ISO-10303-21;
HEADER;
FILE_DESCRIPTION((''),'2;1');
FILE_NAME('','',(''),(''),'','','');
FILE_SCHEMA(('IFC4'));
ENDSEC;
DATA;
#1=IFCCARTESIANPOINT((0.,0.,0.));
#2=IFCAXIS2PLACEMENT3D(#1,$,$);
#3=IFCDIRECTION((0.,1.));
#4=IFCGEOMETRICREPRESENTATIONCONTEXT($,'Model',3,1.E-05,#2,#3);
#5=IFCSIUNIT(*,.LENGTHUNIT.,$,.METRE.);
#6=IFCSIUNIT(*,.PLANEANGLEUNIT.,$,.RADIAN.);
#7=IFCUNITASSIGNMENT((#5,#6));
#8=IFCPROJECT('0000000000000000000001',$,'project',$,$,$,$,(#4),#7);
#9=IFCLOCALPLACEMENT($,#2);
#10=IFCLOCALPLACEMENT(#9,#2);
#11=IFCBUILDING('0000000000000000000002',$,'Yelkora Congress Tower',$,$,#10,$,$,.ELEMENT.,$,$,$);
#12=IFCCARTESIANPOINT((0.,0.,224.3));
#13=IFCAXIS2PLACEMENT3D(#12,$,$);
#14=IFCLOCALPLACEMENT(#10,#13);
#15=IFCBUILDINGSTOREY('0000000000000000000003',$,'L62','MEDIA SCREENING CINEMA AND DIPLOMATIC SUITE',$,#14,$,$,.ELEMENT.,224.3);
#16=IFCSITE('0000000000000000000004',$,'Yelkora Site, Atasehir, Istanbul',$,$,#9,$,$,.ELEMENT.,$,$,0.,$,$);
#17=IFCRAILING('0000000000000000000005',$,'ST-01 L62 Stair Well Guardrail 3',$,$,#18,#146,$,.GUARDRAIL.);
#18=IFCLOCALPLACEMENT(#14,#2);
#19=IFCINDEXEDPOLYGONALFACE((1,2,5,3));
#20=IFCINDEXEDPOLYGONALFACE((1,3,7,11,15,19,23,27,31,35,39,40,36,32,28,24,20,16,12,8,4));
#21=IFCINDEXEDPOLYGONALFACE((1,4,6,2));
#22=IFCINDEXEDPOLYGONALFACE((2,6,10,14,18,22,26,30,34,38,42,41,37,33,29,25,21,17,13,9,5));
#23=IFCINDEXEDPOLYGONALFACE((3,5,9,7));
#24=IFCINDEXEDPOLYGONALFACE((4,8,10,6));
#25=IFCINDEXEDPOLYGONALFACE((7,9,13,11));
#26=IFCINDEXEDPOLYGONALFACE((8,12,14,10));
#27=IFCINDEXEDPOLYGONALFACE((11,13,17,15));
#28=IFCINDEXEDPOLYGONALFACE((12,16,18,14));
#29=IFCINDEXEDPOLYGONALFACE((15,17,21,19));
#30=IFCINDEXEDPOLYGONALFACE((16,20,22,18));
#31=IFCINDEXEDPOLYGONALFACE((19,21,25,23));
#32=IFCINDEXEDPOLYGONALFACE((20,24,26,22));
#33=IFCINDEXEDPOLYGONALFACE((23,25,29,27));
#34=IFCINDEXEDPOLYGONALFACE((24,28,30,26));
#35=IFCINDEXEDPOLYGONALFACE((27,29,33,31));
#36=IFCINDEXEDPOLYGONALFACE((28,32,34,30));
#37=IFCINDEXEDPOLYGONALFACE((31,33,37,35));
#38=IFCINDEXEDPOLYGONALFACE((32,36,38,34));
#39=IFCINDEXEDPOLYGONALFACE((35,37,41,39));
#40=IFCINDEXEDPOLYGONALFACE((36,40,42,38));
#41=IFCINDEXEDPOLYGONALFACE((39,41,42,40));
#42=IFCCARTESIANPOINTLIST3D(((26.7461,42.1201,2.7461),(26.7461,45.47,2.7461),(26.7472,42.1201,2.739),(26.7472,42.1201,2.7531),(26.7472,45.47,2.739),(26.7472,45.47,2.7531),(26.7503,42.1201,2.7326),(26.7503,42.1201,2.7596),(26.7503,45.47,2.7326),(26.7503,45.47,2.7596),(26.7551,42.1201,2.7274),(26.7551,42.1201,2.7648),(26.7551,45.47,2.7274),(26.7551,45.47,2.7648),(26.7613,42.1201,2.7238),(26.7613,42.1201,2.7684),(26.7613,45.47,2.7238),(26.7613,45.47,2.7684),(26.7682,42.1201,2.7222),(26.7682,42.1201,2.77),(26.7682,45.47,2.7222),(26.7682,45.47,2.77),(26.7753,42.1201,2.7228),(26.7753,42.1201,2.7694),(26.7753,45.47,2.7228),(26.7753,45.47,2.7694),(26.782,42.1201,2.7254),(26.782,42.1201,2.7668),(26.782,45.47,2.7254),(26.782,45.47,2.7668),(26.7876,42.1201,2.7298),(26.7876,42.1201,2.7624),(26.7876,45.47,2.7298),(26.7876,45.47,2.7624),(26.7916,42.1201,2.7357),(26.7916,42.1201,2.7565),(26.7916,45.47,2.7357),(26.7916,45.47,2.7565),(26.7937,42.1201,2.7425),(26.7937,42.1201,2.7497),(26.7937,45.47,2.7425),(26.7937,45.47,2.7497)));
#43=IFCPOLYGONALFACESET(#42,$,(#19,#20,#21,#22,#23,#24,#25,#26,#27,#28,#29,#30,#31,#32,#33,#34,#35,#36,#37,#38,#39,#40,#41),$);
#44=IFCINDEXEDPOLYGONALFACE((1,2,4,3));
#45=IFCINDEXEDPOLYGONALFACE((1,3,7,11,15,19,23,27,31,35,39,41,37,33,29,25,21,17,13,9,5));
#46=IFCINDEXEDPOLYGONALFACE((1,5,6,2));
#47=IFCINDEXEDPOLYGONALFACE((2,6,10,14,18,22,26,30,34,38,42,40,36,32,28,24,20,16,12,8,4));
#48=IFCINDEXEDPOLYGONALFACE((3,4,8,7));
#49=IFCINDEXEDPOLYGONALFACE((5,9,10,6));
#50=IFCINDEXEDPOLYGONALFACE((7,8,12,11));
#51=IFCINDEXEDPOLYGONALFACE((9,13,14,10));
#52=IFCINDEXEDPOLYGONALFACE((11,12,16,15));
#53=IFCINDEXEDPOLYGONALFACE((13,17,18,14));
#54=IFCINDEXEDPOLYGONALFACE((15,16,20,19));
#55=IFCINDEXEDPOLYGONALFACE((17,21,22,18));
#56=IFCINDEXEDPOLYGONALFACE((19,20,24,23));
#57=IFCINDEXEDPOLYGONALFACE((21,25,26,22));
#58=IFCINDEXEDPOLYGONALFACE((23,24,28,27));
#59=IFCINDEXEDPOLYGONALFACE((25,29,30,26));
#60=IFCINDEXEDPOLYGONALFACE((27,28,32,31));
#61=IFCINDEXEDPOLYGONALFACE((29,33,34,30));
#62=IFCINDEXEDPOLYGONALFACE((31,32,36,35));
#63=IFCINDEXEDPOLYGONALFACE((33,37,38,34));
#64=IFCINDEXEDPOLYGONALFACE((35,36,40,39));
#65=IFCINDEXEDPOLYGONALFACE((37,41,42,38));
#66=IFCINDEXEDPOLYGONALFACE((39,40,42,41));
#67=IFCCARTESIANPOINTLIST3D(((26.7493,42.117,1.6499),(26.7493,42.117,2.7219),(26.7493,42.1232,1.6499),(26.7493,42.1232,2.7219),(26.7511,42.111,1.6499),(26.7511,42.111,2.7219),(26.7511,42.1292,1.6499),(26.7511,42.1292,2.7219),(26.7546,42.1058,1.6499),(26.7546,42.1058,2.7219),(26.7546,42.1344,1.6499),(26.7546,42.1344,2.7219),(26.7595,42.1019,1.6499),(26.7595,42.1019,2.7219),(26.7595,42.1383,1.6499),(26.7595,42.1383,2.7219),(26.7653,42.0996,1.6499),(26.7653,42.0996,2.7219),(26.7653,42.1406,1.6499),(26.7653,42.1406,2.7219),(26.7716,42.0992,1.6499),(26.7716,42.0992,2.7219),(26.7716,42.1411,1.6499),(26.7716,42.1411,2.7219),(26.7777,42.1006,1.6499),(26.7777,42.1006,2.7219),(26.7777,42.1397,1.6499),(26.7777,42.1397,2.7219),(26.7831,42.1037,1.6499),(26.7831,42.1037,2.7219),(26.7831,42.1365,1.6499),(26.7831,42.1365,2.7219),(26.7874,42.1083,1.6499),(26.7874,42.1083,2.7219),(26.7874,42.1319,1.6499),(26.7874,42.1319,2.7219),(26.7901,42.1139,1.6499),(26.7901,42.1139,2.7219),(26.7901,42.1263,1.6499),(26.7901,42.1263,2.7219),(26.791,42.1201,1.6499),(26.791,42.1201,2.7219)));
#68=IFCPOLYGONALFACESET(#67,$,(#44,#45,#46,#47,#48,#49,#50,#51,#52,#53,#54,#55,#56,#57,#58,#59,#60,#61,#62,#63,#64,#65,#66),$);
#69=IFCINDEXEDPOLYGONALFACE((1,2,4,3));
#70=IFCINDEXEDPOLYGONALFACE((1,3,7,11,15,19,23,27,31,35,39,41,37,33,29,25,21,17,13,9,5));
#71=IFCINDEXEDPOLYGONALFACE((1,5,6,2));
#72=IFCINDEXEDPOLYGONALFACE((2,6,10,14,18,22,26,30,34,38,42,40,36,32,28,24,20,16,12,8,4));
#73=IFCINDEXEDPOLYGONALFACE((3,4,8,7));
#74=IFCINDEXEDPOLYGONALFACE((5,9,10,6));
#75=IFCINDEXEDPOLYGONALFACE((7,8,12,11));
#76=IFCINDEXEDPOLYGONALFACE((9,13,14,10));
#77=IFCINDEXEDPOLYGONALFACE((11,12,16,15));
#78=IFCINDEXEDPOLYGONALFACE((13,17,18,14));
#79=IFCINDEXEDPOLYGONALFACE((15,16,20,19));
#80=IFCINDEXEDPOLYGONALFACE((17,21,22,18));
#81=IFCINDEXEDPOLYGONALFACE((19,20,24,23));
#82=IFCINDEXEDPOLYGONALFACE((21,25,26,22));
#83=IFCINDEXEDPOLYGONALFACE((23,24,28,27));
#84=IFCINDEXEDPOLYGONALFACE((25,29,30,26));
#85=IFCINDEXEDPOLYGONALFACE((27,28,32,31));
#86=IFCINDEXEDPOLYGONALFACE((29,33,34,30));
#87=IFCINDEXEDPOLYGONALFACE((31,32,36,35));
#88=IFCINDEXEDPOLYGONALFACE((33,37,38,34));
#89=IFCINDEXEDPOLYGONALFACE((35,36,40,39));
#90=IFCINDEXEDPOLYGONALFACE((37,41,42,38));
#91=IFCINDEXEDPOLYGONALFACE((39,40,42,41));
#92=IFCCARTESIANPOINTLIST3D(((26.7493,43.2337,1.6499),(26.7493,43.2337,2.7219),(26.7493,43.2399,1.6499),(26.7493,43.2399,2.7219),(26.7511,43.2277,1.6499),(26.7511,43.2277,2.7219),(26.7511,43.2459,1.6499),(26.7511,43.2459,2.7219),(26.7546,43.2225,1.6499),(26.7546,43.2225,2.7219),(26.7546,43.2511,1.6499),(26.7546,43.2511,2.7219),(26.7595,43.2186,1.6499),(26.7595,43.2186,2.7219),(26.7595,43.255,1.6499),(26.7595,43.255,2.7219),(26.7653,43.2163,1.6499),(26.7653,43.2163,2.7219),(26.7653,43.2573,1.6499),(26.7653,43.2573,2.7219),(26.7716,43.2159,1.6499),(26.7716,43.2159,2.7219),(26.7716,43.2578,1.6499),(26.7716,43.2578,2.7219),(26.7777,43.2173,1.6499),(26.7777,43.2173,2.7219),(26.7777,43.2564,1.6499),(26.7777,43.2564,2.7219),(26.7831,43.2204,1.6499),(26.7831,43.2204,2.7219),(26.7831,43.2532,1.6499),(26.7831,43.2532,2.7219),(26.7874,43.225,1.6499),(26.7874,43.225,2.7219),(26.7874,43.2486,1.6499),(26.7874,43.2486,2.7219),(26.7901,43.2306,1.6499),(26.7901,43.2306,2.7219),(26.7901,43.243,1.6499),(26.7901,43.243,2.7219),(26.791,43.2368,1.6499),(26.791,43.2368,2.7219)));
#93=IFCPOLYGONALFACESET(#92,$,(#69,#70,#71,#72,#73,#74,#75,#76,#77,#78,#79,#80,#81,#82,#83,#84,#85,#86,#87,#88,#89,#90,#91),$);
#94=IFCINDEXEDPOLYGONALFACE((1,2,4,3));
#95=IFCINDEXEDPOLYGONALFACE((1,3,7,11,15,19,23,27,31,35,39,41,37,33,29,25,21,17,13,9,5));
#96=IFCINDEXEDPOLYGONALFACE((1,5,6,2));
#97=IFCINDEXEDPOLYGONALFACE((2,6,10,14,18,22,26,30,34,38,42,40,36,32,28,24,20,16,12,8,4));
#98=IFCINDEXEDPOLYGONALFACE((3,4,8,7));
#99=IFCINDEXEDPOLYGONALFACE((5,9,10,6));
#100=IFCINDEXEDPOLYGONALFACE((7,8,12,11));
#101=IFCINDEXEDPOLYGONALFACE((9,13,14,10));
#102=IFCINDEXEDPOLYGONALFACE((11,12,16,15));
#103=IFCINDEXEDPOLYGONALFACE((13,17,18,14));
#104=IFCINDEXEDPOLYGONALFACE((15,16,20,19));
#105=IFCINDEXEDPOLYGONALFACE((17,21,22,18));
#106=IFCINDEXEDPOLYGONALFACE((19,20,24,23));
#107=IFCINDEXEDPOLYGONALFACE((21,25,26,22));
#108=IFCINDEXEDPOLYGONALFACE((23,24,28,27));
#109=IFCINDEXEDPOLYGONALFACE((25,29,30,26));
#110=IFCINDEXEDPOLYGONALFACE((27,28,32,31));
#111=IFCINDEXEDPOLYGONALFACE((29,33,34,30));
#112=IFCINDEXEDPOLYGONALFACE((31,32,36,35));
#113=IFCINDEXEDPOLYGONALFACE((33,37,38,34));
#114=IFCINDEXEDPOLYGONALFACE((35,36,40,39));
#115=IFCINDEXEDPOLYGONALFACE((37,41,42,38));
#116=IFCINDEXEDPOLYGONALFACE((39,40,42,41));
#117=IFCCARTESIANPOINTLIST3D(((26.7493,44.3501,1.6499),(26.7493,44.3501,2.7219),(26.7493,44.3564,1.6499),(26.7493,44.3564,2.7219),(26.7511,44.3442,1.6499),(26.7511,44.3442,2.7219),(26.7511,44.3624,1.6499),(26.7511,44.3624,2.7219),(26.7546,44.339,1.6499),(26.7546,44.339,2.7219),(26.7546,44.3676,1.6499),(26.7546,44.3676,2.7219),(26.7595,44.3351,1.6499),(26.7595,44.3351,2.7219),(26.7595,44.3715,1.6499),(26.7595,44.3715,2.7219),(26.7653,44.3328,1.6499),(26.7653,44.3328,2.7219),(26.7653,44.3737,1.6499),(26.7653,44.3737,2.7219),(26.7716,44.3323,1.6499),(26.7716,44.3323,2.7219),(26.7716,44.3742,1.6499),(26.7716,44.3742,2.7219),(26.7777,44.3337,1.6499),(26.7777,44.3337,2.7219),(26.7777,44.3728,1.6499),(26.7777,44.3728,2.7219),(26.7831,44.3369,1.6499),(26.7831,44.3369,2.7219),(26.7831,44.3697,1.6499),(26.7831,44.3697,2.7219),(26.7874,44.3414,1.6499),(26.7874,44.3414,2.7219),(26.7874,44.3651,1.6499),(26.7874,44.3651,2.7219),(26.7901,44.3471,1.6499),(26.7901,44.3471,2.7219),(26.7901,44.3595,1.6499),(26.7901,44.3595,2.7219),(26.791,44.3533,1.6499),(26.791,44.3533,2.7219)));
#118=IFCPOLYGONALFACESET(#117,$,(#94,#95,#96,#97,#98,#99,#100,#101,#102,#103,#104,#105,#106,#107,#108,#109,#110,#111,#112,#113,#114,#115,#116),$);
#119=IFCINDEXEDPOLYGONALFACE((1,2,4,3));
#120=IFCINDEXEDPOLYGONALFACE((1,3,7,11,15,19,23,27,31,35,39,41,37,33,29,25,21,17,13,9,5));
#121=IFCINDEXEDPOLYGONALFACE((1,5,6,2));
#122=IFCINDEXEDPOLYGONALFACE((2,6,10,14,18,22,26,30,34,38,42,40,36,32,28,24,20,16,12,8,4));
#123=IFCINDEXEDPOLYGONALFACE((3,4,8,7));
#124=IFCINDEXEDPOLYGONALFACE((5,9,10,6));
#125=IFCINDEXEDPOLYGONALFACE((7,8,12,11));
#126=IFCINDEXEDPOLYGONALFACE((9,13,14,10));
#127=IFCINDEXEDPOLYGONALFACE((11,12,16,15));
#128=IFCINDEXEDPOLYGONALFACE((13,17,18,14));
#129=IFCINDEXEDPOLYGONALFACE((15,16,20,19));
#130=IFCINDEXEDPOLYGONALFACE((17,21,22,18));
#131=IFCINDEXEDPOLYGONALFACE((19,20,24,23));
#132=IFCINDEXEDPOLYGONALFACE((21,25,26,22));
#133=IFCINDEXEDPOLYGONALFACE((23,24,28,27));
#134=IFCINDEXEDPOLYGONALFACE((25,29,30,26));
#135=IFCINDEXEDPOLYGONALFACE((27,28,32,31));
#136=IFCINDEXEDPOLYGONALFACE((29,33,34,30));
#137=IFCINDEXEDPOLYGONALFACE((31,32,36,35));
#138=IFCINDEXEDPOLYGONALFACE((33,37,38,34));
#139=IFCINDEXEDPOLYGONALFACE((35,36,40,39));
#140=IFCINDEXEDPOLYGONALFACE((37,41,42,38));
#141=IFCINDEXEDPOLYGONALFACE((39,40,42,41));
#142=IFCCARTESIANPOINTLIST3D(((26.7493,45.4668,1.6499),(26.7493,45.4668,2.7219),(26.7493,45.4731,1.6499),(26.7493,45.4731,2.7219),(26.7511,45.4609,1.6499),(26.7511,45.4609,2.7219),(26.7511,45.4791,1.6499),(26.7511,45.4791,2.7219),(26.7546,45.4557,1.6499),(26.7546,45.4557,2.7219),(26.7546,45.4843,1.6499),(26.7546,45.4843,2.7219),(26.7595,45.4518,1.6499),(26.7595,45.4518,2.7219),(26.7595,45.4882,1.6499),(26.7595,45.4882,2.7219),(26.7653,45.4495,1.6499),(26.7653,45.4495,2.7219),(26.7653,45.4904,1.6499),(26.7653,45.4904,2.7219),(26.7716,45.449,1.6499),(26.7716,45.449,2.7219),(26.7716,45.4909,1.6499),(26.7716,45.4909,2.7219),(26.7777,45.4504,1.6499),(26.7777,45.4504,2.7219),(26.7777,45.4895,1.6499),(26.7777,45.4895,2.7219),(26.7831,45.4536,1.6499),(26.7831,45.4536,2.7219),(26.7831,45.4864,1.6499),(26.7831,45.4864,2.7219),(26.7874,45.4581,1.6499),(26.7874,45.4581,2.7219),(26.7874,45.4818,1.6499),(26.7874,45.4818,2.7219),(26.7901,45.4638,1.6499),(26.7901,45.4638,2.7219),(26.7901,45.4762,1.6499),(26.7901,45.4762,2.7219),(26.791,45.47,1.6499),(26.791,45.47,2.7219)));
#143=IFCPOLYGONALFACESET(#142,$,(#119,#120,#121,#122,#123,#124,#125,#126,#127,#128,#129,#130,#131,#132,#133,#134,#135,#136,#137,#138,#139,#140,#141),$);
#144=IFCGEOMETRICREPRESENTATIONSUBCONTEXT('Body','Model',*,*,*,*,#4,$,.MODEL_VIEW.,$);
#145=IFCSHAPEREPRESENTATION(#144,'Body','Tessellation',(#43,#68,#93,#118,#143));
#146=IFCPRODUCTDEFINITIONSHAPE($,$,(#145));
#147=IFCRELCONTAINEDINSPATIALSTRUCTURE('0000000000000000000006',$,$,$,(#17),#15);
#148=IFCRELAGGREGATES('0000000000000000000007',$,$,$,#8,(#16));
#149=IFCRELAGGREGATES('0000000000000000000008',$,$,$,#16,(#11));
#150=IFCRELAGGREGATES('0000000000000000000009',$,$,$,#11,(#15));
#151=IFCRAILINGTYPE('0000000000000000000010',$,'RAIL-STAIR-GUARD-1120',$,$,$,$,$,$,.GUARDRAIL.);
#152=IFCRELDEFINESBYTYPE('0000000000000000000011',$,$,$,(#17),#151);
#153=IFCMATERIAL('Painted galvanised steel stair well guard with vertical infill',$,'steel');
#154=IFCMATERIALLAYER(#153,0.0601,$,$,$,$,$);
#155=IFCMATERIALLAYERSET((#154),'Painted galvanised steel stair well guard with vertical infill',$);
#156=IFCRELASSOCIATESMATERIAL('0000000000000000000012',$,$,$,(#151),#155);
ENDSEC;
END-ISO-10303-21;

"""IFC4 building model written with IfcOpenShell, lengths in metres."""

from ifc_helpers import new_model, si_unit, direction, frame, origin, origin_2d, place, context, subcontext, project, spatial, circle, extrude, material, layer, layer_set, type_object, element, save


model = new_model("IFC4")

# Units and contexts
model_context = context("Model", 3, precision=1e-05, world=origin(), true_north=direction((0.0, 1.0)))
body_context = subcontext(model_context, "Body", "Model", "MODEL_VIEW")
ifc_project = project(units=[si_unit("LENGTHUNIT", "METRE"), si_unit("PLANEANGLEUNIT", "RADIAN")], contexts=[model_context])

# Site, building, storey
site_placement = place(None, origin())
site = spatial("IfcSite", under=ifc_project, at=site_placement, Name="Yelkora Site, Atasehir, Istanbul", CompositionType="ELEMENT", RefElevation=0.0)
building_placement = place(site_placement, origin())
building = spatial("IfcBuilding", under=site, at=building_placement, Name="Yelkora Congress Tower", CompositionType="ELEMENT")
storey_placement = place(building_placement, frame((0.0, 0.0, 224.3)))
storey = spatial("IfcBuildingStorey", under=building, at=storey_placement, Name="L62", Description="MEDIA SCREENING CINEMA AND DIPLOMATIC SUITE", CompositionType="ELEMENT", Elevation=224.3)

# Railing
ifc_material_1 = material(Name="Painted galvanised steel stair well guard with vertical infill", Category="steel")
ifc_layer_1 = layer(ifc_material_1, 0.0601)
ifc_layer_set_1 = layer_set([ifc_layer_1], Name="Painted galvanised steel stair well guard with vertical infill")
railing_type = type_object("IfcRailingType", Name="RAIL-STAIR-GUARD-1120", PredefinedType="GUARDRAIL", material=ifc_layer_set_1)
railing_1_placement = place(storey_placement, frame((26.77, 42.1201, 1.6499)))
element("IfcRailing", 1, at=railing_1_placement, inside=storey, type_object=railing_type, Name="ST-01 L62 Stair Well Guardrail 3", PredefinedType="GUARDRAIL", context=body_context, shape_type="SweptSolid", body=[
    extrude(circle(Radius=0.0239, at=origin_2d()), frame((0.0, 0.0, 1.0962), z_axis=(0.0, 1.0, 0.0), x_axis=(-1.0, 0.0, 0.0)), (0.0, 0.0, 1.0), 3.3499),
    extrude(circle(Radius=0.021, at=origin_2d()), origin(), (0.0, 0.0, 1.0), 1.072),
    extrude(circle(Radius=0.021, at=origin_2d()), frame((0.0, 1.1167, 0.0)), (0.0, 0.0, 1.0), 1.072),
    extrude(circle(Radius=0.021, at=origin_2d()), frame((0.0, 2.2332, 0.0)), (0.0, 0.0, 1.0), 1.072),
    extrude(circle(Radius=0.021, at=origin_2d()), frame((0.0, 3.3499, 0.0)), (0.0, 0.0, 1.0), 1.072),
])

save(model, "model.ifc")
